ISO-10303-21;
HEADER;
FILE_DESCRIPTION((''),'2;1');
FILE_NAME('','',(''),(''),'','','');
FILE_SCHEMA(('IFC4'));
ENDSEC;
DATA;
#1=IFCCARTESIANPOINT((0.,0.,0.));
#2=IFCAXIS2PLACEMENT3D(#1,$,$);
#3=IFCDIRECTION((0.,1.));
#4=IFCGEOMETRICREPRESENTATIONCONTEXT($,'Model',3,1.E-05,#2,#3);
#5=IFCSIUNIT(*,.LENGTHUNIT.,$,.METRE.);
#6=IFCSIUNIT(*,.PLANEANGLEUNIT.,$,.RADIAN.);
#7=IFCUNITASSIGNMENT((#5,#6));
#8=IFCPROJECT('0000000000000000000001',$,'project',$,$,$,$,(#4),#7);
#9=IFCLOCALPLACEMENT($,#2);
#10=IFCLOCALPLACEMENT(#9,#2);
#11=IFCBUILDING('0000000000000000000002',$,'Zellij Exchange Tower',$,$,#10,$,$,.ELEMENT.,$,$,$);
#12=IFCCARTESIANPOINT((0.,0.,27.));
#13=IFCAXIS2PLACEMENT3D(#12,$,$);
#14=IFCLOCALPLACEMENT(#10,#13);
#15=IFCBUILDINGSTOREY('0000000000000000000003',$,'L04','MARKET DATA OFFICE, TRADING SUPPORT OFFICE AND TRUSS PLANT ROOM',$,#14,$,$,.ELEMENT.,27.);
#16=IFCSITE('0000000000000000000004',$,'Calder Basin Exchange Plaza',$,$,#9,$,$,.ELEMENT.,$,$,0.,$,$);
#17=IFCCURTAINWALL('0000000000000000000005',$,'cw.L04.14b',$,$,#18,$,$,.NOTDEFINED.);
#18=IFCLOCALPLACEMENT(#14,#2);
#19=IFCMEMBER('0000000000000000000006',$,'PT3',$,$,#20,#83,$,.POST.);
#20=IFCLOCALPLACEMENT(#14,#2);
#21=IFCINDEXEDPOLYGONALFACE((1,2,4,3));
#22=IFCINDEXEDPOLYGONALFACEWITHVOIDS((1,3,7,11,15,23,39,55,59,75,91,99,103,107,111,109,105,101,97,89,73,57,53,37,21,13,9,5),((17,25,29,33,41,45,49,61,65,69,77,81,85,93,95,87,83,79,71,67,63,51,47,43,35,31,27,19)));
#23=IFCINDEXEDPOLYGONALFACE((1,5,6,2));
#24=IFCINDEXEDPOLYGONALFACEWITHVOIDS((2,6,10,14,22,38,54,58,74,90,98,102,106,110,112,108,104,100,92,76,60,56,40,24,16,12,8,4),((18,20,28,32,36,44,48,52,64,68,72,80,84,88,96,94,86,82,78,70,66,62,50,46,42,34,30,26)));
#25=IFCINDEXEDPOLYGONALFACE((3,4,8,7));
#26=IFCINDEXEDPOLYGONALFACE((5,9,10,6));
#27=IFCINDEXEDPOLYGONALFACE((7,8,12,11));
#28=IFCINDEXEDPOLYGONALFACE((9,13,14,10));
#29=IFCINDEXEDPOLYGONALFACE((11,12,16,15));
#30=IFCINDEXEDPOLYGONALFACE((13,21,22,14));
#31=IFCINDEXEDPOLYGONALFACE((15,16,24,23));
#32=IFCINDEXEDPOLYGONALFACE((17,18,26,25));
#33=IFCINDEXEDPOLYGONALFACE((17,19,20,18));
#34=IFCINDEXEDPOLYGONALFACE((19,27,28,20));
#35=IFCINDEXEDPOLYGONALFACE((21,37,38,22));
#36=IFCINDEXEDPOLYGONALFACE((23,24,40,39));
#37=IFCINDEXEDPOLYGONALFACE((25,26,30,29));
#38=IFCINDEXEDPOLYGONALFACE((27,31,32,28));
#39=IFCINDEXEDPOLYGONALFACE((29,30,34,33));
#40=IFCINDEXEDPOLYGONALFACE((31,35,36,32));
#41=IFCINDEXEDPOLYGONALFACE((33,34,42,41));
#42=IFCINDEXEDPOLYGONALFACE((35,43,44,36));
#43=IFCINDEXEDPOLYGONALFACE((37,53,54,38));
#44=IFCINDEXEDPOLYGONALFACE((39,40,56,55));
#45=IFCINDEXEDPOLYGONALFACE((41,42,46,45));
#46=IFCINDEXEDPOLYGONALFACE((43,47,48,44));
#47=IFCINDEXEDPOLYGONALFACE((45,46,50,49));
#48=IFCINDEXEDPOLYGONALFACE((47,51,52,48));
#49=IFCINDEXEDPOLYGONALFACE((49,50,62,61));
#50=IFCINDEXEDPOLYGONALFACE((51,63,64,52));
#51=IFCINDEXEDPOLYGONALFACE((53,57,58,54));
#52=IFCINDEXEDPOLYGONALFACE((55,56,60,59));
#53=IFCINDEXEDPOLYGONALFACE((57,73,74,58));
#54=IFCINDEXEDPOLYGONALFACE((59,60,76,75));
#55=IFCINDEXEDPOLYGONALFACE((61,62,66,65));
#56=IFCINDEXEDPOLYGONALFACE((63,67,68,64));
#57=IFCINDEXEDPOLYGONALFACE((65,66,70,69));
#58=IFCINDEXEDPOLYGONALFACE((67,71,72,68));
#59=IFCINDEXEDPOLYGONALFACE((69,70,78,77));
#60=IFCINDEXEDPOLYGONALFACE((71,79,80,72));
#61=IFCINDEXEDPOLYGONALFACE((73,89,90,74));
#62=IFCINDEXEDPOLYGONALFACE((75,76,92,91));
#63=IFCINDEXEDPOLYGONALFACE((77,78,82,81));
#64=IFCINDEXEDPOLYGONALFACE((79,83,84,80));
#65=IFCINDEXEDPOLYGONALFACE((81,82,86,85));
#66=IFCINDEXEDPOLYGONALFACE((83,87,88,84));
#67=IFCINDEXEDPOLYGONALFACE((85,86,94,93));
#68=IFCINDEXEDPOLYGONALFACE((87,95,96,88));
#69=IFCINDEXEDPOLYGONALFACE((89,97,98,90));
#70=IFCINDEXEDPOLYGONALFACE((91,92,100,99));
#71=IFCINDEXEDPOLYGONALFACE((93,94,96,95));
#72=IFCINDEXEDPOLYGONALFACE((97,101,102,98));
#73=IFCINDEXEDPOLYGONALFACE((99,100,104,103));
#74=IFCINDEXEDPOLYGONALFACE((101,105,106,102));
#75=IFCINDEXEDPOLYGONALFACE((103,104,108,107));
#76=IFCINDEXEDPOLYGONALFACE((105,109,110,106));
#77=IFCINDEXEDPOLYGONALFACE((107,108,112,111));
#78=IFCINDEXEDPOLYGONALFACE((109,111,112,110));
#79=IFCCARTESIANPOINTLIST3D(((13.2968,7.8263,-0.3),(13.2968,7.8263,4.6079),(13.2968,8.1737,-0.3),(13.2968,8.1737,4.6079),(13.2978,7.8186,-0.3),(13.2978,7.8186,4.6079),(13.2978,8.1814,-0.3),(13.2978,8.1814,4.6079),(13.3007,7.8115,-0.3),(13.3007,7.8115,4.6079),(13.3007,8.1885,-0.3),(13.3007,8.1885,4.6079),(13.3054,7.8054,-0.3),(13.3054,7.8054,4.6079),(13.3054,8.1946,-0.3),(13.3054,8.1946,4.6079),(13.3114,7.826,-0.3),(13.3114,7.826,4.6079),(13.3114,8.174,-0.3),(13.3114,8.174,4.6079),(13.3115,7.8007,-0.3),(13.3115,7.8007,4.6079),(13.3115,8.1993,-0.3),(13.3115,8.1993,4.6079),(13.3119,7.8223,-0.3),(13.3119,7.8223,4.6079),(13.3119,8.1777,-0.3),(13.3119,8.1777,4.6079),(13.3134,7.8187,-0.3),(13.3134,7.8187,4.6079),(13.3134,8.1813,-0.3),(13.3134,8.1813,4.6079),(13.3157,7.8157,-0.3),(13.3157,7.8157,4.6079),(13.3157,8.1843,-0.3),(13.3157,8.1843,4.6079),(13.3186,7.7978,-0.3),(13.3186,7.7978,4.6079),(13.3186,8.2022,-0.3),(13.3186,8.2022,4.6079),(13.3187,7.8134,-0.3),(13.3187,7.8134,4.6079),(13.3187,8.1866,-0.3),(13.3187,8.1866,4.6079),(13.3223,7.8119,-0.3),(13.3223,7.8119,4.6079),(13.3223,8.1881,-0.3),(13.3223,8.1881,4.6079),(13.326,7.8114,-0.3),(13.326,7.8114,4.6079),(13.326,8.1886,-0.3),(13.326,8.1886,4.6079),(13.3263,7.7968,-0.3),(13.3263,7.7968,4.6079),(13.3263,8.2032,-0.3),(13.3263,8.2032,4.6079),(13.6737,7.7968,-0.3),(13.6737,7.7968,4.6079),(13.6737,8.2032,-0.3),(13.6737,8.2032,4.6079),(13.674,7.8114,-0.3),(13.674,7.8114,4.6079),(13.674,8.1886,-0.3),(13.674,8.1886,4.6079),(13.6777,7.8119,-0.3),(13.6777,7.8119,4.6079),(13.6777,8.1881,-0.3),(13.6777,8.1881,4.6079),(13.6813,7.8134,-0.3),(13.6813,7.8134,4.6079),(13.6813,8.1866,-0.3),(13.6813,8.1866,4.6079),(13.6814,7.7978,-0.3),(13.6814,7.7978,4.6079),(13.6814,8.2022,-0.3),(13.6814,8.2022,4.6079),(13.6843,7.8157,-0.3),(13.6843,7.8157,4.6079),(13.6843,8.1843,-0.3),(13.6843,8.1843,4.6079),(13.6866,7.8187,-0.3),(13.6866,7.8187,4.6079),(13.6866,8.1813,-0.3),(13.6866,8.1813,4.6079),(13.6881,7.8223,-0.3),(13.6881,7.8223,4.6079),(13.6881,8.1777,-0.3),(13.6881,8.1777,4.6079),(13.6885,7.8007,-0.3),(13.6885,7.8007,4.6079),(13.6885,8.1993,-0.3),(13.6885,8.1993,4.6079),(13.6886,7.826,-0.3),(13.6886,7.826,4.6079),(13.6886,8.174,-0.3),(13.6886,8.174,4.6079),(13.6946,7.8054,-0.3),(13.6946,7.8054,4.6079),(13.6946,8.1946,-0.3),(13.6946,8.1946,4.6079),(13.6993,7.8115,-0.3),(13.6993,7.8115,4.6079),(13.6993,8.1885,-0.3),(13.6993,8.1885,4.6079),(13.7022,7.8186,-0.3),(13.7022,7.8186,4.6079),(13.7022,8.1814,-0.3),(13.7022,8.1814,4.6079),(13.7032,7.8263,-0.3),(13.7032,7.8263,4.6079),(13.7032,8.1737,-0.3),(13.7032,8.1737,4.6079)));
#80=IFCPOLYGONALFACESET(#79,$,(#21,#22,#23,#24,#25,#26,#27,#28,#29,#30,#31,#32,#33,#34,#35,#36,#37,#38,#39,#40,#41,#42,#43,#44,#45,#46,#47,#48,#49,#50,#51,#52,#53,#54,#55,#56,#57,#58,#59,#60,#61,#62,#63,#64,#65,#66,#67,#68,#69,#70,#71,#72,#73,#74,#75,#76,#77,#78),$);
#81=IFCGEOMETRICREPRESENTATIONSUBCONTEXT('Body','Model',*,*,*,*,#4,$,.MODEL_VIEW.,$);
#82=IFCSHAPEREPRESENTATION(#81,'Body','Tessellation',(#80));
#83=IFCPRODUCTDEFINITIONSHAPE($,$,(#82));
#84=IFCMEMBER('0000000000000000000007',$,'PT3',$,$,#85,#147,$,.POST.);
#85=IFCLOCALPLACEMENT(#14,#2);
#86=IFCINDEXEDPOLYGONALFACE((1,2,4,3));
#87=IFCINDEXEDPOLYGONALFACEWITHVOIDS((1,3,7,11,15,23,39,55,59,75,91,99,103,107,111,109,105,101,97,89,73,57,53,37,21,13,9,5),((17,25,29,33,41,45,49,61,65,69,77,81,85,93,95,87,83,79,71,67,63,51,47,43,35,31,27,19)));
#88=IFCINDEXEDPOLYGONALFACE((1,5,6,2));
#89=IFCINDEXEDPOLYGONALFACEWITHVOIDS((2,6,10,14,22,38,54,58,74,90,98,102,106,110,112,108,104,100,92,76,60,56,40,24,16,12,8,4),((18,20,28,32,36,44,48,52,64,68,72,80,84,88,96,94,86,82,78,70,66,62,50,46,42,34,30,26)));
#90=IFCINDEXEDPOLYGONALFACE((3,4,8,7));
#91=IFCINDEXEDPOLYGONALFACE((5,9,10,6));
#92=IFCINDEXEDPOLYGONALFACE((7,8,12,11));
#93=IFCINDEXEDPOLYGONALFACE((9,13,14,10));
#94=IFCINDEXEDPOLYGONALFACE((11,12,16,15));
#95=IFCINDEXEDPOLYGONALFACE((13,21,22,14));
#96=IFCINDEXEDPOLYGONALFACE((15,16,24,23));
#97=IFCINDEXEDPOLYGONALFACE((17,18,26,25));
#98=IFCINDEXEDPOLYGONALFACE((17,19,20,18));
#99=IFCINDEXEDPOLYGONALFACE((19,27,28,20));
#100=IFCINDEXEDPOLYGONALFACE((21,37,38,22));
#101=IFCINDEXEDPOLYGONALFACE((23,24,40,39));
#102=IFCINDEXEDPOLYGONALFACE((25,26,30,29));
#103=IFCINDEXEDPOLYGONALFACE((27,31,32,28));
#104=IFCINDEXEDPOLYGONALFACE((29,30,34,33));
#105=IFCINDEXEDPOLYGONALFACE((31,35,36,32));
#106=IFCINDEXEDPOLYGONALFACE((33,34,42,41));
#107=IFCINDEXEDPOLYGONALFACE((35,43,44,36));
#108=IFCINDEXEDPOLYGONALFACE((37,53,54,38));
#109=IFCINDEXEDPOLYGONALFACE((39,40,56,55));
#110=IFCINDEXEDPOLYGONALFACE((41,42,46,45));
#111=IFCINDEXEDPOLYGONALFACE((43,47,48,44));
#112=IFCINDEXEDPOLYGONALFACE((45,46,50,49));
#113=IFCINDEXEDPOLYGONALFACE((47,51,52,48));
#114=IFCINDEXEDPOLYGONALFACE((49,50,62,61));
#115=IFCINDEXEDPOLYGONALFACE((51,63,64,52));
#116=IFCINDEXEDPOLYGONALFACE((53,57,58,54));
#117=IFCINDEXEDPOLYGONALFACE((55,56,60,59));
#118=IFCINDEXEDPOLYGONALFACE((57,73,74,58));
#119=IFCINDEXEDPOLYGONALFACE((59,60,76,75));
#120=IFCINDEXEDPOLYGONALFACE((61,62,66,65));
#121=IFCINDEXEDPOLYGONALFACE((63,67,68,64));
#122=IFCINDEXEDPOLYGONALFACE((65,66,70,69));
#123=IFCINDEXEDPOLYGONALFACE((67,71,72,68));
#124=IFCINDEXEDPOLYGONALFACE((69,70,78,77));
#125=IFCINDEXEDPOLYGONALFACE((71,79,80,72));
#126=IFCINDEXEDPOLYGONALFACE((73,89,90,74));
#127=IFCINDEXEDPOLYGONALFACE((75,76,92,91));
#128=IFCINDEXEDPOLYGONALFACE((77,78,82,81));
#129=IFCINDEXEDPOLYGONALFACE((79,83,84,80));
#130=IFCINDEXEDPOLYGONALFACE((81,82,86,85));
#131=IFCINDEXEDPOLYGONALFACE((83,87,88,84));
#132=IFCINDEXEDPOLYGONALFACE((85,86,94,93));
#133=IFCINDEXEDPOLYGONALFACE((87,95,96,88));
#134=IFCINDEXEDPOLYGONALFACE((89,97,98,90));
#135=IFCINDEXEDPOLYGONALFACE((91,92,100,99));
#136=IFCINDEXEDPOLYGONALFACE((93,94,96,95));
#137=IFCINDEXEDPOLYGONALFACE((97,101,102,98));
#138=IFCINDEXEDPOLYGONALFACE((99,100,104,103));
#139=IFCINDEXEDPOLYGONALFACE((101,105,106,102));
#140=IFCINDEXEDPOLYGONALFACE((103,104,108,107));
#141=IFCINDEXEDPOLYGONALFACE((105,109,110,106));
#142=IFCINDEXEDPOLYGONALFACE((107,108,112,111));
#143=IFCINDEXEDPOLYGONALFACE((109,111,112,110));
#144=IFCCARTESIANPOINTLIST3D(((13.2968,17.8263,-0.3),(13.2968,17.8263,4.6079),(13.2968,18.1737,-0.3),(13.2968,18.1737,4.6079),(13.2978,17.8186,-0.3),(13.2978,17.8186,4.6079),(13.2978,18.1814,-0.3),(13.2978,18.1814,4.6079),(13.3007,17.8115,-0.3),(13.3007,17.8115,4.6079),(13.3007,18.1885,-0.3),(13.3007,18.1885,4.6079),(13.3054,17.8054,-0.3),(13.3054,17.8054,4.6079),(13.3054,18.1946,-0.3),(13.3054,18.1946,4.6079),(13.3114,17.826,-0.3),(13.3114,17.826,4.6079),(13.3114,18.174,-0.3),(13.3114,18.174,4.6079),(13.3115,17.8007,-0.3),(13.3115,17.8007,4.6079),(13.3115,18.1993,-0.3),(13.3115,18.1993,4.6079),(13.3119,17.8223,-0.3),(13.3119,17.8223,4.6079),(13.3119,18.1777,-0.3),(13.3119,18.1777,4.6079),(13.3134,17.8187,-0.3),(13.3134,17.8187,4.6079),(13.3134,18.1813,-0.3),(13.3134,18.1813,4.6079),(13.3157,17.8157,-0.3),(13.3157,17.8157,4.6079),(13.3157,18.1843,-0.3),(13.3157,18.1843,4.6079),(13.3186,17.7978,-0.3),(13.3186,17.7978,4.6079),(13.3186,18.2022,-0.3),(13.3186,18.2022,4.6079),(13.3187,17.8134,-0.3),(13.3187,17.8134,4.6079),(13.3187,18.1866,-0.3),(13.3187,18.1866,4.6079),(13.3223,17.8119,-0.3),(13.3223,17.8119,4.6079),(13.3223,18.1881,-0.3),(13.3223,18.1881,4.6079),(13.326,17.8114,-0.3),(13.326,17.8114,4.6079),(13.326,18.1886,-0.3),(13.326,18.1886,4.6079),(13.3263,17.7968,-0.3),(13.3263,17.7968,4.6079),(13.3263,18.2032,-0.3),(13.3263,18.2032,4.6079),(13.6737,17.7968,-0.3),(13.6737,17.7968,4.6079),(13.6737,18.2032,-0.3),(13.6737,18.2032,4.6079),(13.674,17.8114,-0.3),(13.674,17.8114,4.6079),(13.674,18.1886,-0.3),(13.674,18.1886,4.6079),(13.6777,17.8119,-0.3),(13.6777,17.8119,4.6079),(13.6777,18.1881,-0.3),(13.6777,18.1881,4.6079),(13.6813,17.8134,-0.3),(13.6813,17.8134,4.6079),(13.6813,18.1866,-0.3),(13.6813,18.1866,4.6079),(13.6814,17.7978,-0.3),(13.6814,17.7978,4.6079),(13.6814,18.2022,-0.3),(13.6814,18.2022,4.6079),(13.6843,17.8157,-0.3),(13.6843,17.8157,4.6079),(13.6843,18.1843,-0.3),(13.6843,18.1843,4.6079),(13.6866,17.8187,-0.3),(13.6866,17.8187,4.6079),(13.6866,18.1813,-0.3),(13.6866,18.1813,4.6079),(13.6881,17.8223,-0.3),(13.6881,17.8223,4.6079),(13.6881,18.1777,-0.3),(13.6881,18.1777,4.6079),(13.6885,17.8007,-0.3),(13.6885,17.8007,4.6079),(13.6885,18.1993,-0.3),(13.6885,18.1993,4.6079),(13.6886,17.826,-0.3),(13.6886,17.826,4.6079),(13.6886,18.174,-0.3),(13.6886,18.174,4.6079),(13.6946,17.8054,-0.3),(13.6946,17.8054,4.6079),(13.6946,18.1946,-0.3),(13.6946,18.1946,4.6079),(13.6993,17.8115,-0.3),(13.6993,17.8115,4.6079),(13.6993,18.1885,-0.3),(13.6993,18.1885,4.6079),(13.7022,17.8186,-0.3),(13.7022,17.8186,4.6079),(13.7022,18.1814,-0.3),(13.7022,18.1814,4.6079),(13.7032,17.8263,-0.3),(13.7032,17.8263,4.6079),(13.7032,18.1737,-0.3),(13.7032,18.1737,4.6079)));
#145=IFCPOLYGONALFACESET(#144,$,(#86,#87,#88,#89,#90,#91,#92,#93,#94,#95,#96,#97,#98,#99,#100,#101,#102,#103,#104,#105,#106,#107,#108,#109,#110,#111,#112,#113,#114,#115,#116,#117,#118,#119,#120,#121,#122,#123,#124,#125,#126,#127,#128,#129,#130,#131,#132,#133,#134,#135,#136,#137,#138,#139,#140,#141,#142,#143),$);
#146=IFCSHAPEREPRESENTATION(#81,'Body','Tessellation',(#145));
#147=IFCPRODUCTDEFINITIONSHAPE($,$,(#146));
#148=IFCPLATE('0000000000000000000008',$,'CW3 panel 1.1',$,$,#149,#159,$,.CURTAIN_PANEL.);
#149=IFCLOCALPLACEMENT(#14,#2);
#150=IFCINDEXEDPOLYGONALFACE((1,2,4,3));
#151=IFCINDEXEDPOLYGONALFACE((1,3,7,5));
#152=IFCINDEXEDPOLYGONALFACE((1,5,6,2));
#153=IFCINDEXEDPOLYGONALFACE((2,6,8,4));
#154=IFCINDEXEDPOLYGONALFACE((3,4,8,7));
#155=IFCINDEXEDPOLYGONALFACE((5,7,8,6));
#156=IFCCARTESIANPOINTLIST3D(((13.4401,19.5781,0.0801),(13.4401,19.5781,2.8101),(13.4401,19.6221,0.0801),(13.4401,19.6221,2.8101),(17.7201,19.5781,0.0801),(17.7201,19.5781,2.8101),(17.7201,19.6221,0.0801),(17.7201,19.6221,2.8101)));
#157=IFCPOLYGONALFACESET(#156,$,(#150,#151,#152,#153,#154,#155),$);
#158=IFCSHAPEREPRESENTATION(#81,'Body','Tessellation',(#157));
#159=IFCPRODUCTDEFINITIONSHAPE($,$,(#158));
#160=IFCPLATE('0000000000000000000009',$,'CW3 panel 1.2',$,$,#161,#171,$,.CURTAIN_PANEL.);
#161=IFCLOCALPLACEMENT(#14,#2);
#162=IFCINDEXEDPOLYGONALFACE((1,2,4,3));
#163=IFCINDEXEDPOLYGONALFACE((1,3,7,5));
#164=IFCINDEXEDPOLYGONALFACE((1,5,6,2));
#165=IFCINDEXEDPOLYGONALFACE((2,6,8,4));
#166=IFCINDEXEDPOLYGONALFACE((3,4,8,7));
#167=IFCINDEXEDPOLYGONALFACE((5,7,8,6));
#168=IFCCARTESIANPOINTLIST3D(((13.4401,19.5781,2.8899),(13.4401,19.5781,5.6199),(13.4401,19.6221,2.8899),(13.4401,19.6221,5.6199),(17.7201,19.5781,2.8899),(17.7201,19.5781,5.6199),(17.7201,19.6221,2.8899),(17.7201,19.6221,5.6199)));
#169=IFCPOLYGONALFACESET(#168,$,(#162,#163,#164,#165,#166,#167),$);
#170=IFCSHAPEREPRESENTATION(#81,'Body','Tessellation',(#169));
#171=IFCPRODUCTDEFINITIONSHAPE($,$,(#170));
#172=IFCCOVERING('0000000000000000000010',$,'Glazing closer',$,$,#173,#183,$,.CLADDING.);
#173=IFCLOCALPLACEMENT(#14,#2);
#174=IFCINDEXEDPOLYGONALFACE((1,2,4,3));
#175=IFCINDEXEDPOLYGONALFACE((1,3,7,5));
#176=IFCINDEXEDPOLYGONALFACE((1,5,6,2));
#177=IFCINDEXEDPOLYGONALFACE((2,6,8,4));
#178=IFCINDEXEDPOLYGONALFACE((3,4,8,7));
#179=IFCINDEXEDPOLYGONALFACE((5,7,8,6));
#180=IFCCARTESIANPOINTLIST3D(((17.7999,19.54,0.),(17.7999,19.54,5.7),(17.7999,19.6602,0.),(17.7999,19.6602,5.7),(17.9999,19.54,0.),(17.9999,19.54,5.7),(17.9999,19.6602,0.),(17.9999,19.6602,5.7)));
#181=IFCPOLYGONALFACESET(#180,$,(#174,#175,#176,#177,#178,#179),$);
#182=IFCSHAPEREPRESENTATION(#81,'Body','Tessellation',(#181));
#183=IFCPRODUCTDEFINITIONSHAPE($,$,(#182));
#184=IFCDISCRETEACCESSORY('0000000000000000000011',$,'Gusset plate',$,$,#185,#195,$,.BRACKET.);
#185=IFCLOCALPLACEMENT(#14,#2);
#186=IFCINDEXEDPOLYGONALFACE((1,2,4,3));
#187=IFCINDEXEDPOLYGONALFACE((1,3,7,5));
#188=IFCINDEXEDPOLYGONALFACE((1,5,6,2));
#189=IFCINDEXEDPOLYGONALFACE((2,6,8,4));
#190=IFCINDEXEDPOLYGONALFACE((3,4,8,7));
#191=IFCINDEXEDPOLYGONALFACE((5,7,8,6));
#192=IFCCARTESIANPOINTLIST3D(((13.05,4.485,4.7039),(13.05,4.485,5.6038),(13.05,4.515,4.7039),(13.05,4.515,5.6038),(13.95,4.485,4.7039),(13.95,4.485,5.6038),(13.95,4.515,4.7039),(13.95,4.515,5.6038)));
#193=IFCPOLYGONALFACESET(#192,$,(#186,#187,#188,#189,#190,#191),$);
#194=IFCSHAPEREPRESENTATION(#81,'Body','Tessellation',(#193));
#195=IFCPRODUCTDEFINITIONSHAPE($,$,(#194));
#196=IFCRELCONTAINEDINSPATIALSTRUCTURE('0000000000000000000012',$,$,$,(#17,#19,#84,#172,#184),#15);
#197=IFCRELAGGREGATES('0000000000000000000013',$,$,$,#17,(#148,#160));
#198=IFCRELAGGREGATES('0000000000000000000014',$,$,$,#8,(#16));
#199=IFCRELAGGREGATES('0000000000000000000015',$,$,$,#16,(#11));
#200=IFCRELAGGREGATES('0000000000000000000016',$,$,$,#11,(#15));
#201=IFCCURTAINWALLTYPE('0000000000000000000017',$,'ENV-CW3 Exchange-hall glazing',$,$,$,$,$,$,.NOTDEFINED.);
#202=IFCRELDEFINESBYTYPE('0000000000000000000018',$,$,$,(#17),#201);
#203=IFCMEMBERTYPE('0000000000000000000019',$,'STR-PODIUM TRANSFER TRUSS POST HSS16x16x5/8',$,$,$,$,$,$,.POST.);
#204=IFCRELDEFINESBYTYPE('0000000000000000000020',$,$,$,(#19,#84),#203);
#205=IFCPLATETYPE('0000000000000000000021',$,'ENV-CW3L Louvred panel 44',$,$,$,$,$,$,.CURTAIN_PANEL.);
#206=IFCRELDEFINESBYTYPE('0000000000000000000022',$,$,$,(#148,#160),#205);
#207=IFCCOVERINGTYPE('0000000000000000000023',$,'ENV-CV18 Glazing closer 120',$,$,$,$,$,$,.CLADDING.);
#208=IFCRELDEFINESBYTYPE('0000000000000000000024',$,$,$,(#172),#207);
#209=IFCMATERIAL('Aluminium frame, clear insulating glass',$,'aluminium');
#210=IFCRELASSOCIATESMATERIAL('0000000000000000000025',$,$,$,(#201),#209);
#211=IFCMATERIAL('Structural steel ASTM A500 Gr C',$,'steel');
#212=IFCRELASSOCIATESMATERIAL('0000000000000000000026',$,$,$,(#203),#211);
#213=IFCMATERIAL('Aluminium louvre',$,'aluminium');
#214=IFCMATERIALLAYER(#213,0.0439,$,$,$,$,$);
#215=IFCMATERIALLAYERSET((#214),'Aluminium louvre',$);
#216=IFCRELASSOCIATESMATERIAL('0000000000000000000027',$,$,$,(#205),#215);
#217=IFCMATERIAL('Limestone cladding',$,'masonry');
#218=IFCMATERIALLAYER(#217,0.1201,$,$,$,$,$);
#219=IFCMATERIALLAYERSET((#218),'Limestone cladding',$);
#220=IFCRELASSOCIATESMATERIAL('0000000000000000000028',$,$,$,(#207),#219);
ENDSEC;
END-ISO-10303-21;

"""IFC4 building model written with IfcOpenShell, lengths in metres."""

from ifc_helpers import new_model, si_unit, direction, frame, origin, origin_2d, place, context, subcontext, project, spatial, rectangle, hollow_rectangle, extrude, material, layer, layer_set, material_profile, profile_set, type_object, element, aggregate, save


model = new_model("IFC4")

# Units and contexts
model_context = context("Model", 3, precision=1e-05, world=origin(), true_north=direction((0.0, 1.0)))
body_context = subcontext(model_context, "Body", "Model", "MODEL_VIEW")
ifc_project = project(units=[si_unit("LENGTHUNIT", "METRE"), si_unit("PLANEANGLEUNIT", "RADIAN")], contexts=[model_context])

# Site, building, storey
site_placement = place(None, origin())
site = spatial("IfcSite", under=ifc_project, at=site_placement, Name="Calder Basin Exchange Plaza", CompositionType="ELEMENT", RefElevation=0.0)
building_placement = place(site_placement, origin())
building = spatial("IfcBuilding", under=site, at=building_placement, Name="Zellij Exchange Tower", CompositionType="ELEMENT")
storey_placement = place(building_placement, frame((0.0, 0.0, 27.0)))
storey = spatial("IfcBuildingStorey", under=building, at=storey_placement, Name="L04", Description="MARKET DATA OFFICE, TRADING SUPPORT OFFICE AND TRUSS PLANT ROOM", CompositionType="ELEMENT", Elevation=27.0)

# Curtain wall
ifc_material_1 = material(Name="Aluminium frame, clear insulating glass", Category="aluminium")
curtain_wall_type = type_object("IfcCurtainWallType", Name="ENV-CW3 Exchange-hall glazing", PredefinedType="NOTDEFINED", material=ifc_material_1)
curtain_wall_placement = place(storey_placement, origin())
curtain_wall = element("IfcCurtainWall", 1, at=curtain_wall_placement, inside=storey, type_object=curtain_wall_type, Name="cw.L04.14b", PredefinedType="NOTDEFINED")

# Members
ifc_material_2 = material(Name="Structural steel ASTM A500 Gr C", Category="steel")
ifc_material_profile_1 = material_profile(ifc_material_2, hollow_rectangle(XDim=0.4065, YDim=0.4065, WallThickness=0.0146, InnerFilletRadius=0.0146, OuterFilletRadius=0.0295, at=origin_2d()), Name="STR-PODIUM TRANSFER TRUSS POST HSS16x16x5/8")
ifc_profile_set_1 = profile_set([ifc_material_profile_1], Name="Structural steel ASTM A500 Gr C")
member_type_1 = type_object("IfcMemberType", Name="STR-PODIUM TRANSFER TRUSS POST HSS16x16x5/8", PredefinedType="POST", material=ifc_profile_set_1)
for number, where, z_axis, x_axis, name in (
    (2, (13.5, 8.0, -0.3), (0.0, 0.0, 1.0), (1.0, 0.0, 0.0), "PT3"),
    (3, (13.5, 18.0, -0.3), (0.0, 0.0, 1.0), (1.0, 0.0, 0.0), "PT3"),
):
    element("IfcMember", number, at=place(storey_placement, frame(where, z_axis=z_axis, x_axis=x_axis)), inside=storey, type_object=member_type_1, Name=name, PredefinedType="POST", context=body_context, shape_type="SweptSolid", body=[
        extrude(hollow_rectangle(XDim=0.4065, YDim=0.4065, WallThickness=0.0146, InnerFilletRadius=0.0146, OuterFilletRadius=0.0295, at=origin_2d()), origin(), (0.0, 0.0, 1.0), 4.908),
    ])

# Plates
ifc_material_3 = material(Name="Aluminium louvre", Category="aluminium")
ifc_layer_1 = layer(ifc_material_3, 0.0439)
ifc_layer_set_1 = layer_set([ifc_layer_1], Name="Aluminium louvre")
plate_type = type_object("IfcPlateType", Name="ENV-CW3L Louvred panel 44", PredefinedType="CURTAIN_PANEL", material=ifc_layer_set_1)
plate_1_placement = place(storey_placement, frame((15.5801, 19.6001, 0.0801), z_axis=(0.0, 0.0, 1.0), x_axis=(-1.0, 0.0, 0.0)))
plate_1 = element("IfcPlate", 4, at=plate_1_placement, type_object=plate_type, Name="CW3 panel 1.1", PredefinedType="CURTAIN_PANEL", context=body_context, shape_type="SweptSolid", body=[
    extrude(rectangle(XDim=4.28, YDim=0.0439, at=origin_2d()), origin(), (0.0, 0.0, 1.0), 2.73),
])
plate_2_placement = place(storey_placement, frame((15.5801, 19.6001, 2.8899), z_axis=(0.0, 0.0, 1.0), x_axis=(-1.0, 0.0, 0.0)))
plate_2 = element("IfcPlate", 5, at=plate_2_placement, type_object=plate_type, Name="CW3 panel 1.2", PredefinedType="CURTAIN_PANEL", context=body_context, shape_type="SweptSolid", body=[
    extrude(rectangle(XDim=4.28, YDim=0.0439, at=origin_2d()), origin(), (0.0, 0.0, 1.0), 2.73),
])
aggregate(curtain_wall, [plate_1, plate_2])

# Covering
ifc_material_4 = material(Name="Limestone cladding", Category="masonry")
ifc_layer_2 = layer(ifc_material_4, 0.1201)
ifc_layer_set_2 = layer_set([ifc_layer_2], Name="Limestone cladding")
covering_type = type_object("IfcCoveringType", Name="ENV-CV18 Glazing closer 120", PredefinedType="CLADDING", material=ifc_layer_set_2)
covering_placement = place(storey_placement, frame((17.8999, 19.6001, 0.0), z_axis=(0.0, 0.0, 1.0), x_axis=(1.0, 0.0, 0.0)))
element("IfcCovering", 6, at=covering_placement, inside=storey, type_object=covering_type, Name="Glazing closer", PredefinedType="CLADDING", context=body_context, shape_type="SweptSolid", body=[
    extrude(rectangle(XDim=0.2, YDim=0.1201, at=origin_2d()), origin(), (0.0, 0.0, 1.0), 5.7),
])

# Discrete accessory
for number, where, z_axis, x_axis, name in (
    (7, (13.5, 4.5, 4.7039), (0.0, 0.0, 1.0), (1.0, 0.0, 0.0), "Gusset plate"),
):
    element("IfcDiscreteAccessory", number, at=place(storey_placement, frame(where, z_axis=z_axis, x_axis=x_axis)), inside=storey, Name=name, PredefinedType="BRACKET", context=body_context, shape_type="SweptSolid", body=[
        extrude(rectangle(XDim=0.8999, YDim=0.03, at=origin_2d()), origin(), (0.0, 0.0, 1.0), 0.8999),
    ])

save(model, "model.ifc")
